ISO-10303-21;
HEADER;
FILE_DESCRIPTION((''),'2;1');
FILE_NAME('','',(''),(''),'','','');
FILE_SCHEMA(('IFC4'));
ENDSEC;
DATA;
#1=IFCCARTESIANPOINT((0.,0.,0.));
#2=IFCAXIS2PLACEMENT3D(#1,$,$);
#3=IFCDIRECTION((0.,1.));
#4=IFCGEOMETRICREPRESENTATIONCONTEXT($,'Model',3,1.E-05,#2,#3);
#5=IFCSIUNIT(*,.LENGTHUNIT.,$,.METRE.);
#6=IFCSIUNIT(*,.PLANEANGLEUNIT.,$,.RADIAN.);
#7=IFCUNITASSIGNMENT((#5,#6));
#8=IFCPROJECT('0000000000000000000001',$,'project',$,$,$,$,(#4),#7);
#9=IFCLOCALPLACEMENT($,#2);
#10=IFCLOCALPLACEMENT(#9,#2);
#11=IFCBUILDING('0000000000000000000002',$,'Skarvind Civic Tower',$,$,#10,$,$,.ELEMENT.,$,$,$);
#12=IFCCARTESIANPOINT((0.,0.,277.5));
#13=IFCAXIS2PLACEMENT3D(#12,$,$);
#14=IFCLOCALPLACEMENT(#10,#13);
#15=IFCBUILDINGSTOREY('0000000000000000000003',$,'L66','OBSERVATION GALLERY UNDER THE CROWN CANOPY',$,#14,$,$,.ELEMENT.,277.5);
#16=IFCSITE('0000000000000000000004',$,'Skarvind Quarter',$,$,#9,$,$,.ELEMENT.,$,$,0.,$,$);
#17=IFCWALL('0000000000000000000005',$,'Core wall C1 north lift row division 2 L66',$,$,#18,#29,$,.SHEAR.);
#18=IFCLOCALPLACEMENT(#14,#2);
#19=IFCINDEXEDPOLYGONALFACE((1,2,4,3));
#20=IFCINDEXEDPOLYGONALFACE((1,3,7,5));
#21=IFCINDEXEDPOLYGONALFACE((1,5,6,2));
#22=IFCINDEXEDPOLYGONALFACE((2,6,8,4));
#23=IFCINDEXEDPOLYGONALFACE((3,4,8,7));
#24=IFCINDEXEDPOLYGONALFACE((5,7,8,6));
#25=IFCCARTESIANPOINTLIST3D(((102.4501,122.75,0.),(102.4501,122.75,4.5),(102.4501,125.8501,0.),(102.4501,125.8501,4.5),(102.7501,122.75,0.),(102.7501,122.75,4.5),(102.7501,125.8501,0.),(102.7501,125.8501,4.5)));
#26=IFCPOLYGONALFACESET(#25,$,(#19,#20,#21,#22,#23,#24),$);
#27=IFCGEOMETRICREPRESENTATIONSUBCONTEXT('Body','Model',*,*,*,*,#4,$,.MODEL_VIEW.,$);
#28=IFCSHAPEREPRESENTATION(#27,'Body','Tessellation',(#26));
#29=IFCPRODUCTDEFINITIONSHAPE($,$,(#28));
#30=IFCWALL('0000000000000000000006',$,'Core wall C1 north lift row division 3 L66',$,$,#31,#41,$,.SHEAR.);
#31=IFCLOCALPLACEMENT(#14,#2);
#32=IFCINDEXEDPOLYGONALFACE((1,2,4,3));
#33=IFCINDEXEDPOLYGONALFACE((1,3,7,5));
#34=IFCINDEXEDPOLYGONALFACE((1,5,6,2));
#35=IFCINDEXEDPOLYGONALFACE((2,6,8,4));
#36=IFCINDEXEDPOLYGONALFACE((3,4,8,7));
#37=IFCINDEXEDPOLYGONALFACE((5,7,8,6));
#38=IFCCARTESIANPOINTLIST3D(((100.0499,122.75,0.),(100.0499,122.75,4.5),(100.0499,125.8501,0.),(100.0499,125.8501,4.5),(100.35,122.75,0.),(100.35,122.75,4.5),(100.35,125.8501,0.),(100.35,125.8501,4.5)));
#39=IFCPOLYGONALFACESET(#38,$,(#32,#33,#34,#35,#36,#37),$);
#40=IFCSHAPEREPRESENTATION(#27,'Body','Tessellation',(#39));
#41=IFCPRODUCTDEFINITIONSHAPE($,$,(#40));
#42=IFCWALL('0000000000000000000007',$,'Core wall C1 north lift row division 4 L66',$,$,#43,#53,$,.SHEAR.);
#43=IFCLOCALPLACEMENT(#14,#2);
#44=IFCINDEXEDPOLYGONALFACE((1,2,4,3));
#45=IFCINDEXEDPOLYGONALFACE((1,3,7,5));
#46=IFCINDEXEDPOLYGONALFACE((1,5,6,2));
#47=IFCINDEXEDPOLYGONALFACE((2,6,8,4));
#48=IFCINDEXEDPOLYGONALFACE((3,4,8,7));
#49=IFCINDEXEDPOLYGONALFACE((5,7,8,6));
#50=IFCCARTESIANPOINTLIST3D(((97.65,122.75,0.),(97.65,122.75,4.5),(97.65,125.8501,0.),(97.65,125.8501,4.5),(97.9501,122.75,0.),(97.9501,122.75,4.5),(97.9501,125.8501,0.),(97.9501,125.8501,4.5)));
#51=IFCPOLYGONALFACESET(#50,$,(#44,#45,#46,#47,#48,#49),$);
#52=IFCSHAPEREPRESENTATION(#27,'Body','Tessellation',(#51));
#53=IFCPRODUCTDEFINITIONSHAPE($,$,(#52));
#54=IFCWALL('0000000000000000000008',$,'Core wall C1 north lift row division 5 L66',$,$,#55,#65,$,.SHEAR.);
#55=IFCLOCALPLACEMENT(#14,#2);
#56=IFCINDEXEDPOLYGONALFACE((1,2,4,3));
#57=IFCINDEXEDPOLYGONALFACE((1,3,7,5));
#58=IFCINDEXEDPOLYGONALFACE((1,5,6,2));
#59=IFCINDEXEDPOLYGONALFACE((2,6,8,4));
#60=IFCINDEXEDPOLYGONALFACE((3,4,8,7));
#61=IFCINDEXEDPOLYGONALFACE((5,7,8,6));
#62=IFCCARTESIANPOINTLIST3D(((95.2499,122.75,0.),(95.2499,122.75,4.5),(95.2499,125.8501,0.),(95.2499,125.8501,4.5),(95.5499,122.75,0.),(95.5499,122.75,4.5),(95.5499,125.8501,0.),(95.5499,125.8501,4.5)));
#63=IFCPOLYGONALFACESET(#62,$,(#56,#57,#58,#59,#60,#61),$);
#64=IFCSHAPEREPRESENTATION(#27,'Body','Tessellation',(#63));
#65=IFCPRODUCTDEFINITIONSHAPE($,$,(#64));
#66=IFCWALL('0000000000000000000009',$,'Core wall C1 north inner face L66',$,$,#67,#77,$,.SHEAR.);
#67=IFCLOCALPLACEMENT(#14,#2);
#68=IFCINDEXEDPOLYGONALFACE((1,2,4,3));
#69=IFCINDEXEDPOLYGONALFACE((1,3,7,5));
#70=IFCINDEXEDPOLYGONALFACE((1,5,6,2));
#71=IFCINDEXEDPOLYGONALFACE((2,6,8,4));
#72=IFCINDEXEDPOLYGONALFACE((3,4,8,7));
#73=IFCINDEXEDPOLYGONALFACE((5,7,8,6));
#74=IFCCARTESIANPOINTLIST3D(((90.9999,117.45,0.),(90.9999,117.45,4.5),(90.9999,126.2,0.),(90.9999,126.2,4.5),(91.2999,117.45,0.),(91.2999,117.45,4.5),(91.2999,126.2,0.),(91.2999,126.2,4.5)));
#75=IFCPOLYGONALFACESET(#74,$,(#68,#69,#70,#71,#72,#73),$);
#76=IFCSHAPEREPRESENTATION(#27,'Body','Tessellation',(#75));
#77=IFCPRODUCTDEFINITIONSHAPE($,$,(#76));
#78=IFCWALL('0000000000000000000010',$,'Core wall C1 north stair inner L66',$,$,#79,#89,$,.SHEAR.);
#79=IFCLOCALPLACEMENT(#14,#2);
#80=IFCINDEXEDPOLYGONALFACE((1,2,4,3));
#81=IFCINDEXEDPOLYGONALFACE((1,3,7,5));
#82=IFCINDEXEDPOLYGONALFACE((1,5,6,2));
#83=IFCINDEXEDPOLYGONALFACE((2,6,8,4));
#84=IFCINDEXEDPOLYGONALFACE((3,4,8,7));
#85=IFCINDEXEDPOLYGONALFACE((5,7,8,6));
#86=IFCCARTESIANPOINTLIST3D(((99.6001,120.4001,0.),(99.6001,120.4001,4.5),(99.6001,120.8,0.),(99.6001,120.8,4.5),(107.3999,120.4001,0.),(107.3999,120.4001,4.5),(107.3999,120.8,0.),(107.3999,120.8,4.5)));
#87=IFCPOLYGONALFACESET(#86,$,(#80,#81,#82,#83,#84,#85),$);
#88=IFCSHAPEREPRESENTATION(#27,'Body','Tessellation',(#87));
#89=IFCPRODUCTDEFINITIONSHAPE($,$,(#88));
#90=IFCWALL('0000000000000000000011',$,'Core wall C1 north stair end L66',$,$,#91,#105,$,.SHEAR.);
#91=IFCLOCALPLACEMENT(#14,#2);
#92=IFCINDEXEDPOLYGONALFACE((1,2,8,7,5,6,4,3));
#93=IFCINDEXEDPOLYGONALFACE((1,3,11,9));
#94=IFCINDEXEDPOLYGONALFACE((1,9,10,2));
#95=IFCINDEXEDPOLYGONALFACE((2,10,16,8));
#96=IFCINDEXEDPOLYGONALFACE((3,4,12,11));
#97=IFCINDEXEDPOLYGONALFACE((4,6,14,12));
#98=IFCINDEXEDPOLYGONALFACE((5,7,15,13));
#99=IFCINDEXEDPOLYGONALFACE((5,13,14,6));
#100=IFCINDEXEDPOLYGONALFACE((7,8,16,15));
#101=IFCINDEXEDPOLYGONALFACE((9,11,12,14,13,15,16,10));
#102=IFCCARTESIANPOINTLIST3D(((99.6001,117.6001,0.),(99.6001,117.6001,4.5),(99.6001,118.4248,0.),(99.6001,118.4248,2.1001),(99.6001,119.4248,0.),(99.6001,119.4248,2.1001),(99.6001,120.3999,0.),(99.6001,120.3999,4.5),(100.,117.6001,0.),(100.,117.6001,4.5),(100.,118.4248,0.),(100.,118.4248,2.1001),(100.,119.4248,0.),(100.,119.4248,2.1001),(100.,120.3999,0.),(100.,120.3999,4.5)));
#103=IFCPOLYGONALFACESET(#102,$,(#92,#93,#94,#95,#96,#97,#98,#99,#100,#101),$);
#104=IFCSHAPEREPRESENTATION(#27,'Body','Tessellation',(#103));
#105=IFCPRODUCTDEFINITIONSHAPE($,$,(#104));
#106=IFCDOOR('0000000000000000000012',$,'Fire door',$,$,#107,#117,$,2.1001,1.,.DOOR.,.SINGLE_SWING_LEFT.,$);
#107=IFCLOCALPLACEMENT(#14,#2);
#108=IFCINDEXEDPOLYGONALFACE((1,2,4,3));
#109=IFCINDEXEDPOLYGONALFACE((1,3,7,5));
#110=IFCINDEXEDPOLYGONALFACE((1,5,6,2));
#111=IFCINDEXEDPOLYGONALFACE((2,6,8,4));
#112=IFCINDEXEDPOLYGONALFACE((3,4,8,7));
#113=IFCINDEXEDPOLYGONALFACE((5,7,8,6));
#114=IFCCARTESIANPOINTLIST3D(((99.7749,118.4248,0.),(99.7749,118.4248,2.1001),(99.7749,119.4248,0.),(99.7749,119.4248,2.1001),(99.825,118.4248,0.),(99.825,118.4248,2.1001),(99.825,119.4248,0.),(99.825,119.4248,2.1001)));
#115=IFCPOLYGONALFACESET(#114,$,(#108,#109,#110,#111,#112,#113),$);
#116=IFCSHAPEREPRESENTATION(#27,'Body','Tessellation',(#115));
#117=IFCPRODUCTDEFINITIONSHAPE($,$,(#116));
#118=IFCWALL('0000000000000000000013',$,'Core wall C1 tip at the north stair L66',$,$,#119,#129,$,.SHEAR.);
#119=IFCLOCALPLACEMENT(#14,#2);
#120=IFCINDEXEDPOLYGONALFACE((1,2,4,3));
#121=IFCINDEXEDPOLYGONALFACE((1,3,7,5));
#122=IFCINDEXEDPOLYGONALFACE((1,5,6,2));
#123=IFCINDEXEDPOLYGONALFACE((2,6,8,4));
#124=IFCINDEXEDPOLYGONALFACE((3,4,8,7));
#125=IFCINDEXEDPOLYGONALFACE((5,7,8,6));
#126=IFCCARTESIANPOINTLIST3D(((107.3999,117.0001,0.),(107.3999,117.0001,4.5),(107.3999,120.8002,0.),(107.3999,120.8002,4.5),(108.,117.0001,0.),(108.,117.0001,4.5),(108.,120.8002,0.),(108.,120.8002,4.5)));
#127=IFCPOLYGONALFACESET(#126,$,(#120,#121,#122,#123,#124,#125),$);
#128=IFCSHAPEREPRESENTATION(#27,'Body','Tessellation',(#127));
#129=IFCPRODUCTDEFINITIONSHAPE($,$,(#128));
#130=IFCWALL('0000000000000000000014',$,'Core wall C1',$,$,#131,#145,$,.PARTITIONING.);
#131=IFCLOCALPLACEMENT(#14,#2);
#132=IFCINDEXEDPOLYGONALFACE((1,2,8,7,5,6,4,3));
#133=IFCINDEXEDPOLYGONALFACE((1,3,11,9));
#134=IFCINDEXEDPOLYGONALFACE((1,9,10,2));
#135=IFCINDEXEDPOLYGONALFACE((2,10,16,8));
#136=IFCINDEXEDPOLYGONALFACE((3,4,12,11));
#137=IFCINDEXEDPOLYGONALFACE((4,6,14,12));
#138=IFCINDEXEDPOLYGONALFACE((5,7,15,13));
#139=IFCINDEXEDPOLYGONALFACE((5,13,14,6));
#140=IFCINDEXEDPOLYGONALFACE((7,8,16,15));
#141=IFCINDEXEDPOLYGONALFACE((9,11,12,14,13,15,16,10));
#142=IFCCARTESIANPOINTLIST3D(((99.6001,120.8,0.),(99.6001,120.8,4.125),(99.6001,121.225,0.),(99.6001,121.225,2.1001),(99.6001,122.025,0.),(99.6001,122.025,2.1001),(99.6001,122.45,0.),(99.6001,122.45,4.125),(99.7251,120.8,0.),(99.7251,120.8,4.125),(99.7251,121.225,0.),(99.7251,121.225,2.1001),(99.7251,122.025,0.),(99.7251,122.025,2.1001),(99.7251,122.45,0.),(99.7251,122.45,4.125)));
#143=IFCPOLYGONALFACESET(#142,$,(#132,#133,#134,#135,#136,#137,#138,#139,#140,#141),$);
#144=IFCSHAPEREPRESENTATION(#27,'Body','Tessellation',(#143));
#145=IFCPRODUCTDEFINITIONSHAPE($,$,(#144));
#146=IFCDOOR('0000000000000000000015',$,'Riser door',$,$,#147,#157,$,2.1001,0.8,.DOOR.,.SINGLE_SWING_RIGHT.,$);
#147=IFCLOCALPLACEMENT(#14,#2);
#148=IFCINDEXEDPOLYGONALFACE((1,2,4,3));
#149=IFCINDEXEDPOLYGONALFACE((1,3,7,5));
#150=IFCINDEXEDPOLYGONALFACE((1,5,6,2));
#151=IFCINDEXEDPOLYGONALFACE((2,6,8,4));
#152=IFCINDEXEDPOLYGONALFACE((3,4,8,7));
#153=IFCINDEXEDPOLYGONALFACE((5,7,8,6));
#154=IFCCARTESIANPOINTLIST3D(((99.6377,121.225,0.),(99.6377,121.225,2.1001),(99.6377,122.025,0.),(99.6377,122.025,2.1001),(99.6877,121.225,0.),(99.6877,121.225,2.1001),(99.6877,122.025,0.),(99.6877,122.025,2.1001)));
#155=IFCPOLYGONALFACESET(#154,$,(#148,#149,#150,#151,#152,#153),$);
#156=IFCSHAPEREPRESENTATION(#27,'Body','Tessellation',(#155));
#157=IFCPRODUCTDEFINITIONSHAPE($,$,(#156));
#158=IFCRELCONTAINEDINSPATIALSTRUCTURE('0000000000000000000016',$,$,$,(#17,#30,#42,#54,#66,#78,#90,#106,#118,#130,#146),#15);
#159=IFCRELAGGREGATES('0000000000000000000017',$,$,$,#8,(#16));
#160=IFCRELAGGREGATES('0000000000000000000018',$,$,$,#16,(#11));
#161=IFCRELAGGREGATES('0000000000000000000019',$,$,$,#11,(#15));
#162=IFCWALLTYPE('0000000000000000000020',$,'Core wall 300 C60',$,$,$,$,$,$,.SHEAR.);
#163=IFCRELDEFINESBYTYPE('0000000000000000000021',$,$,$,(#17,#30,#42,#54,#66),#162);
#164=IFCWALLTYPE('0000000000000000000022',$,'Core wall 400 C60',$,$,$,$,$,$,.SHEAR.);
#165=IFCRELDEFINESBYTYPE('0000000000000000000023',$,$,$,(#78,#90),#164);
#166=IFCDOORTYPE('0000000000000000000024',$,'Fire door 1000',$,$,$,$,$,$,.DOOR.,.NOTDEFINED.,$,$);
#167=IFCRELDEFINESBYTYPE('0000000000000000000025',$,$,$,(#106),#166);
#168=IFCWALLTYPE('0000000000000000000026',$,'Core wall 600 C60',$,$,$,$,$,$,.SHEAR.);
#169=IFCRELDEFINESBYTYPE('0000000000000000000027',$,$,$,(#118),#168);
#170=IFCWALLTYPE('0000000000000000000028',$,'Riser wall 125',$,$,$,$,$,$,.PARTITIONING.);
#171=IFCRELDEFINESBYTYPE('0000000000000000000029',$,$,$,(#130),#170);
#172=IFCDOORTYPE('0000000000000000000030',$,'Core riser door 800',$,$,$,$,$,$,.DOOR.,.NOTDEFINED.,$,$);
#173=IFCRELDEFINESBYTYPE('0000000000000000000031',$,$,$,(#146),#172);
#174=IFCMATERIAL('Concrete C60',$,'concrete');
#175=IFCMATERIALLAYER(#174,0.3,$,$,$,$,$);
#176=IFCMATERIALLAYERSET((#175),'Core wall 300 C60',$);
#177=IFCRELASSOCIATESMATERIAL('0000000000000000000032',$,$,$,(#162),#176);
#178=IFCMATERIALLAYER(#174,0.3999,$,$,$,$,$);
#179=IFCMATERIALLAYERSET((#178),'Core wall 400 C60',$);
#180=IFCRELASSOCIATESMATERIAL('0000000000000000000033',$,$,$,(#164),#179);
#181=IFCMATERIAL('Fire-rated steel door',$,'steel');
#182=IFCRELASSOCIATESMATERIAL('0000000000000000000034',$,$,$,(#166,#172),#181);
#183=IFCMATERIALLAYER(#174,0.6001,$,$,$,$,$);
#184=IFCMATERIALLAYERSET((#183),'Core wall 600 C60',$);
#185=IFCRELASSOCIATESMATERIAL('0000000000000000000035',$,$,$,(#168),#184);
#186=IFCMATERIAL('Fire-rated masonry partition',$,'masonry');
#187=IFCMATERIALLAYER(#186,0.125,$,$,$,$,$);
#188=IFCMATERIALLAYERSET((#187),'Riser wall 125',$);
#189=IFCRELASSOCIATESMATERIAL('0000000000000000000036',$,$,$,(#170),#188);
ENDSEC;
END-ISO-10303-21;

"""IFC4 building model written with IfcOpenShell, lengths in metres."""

from ifc_helpers import new_model, si_unit, direction, frame, frame_2d, origin, place, context, subcontext, project, spatial, rectangle, extrude, material, layer, layer_set, type_object, element, fill, save


model = new_model("IFC4")

# Units and contexts
model_context = context("Model", 3, precision=1e-05, world=origin(), true_north=direction((0.0, 1.0)))
body_context = subcontext(model_context, "Body", "Model", "MODEL_VIEW")
ifc_project = project(units=[si_unit("LENGTHUNIT", "METRE"), si_unit("PLANEANGLEUNIT", "RADIAN")], contexts=[model_context])

# Site, building, storey
site_placement = place(None, origin())
site = spatial("IfcSite", under=ifc_project, at=site_placement, Name="Skarvind Quarter", CompositionType="ELEMENT", RefElevation=0.0)
building_placement = place(site_placement, origin())
building = spatial("IfcBuilding", under=site, at=building_placement, Name="Skarvind Civic Tower", CompositionType="ELEMENT")
storey_placement = place(building_placement, frame((0.0, 0.0, 277.5)))
storey = spatial("IfcBuildingStorey", under=building, at=storey_placement, Name="L66", Description="OBSERVATION GALLERY UNDER THE CROWN CANOPY", CompositionType="ELEMENT", Elevation=277.5)

# Shared definitions
ifc_material_1 = material(Name="Fire-rated masonry partition", Category="masonry")
ifc_material_2 = material(Name="Fire-rated steel door", Category="steel")

# Shared definitions
ifc_material_3 = material(Name="Concrete C60", Category="concrete")
ifc_layer_1 = layer(ifc_material_3, 0.3)
ifc_layer_set_1 = layer_set([ifc_layer_1], Name="Core wall 300 C60")
wall_type_1 = type_object("IfcWallType", Name="Core wall 300 C60", PredefinedType="SHEAR", material=ifc_layer_set_1)

# Walls
for number, where, z_axis, x_axis, name in (
    (1, (102.6001, 125.8501, 0.0), (0.0, 0.0, 1.0), (0.0, -1.0, 0.0), "Core wall C1 north lift row division 2 L66"),
    (2, (100.2, 125.8501, 0.0), (0.0, 0.0, 1.0), (0.0, -1.0, 0.0), "Core wall C1 north lift row division 3 L66"),
    (3, (97.8, 125.8501, 0.0), (0.0, 0.0, 1.0), (0.0, -1.0, 0.0), "Core wall C1 north lift row division 4 L66"),
    (4, (95.3999, 125.8501, 0.0), (0.0, 0.0, 1.0), (0.0, -1.0, 0.0), "Core wall C1 north lift row division 5 L66"),
):
    element("IfcWall", number, at=place(storey_placement, frame(where, z_axis=z_axis, x_axis=x_axis)), inside=storey, type_object=wall_type_1, Name=name, PredefinedType="SHEAR", context=body_context, shape_type="SweptSolid", body=[
        extrude(rectangle(XDim=3.1001, YDim=0.3, at=frame_2d((1.55, 0.0))), origin(), (0.0, 0.0, 1.0), 4.5),
    ])
wall_1_placement = place(storey_placement, frame((91.1499, 126.2, 0.0), z_axis=(0.0, 0.0, 1.0), x_axis=(0.0, -1.0, 0.0)))
element("IfcWall", 5, at=wall_1_placement, inside=storey, type_object=wall_type_1, Name="Core wall C1 north inner face L66", PredefinedType="SHEAR", context=body_context, shape_type="SweptSolid", body=[
    extrude(rectangle(XDim=8.75, YDim=0.3, at=frame_2d((4.375, 0.0))), origin(), (0.0, 0.0, 1.0), 4.5),
])
ifc_layer_2 = layer(ifc_material_3, 0.3999)
ifc_layer_set_2 = layer_set([ifc_layer_2], Name="Core wall 400 C60")
wall_type_2 = type_object("IfcWallType", Name="Core wall 400 C60", PredefinedType="SHEAR", material=ifc_layer_set_2)
wall_2_placement = place(storey_placement, frame((107.3999, 120.6001, 0.0), z_axis=(0.0, 0.0, 1.0), x_axis=(-1.0, 0.0, 0.0)))
element("IfcWall", 6, at=wall_2_placement, inside=storey, type_object=wall_type_2, Name="Core wall C1 north stair inner L66", PredefinedType="SHEAR", context=body_context, shape_type="SweptSolid", body=[
    extrude(rectangle(XDim=7.7998, YDim=0.3999, at=frame_2d((3.8999, 0.0))), origin(), (0.0, 0.0, 1.0), 4.5),
])

# Wall, opening, door
wall_3_placement = place(storey_placement, frame((99.8, 120.3999, 0.0), z_axis=(0.0, 0.0, 1.0), x_axis=(0.0, -1.0, 0.0)))
wall_3 = element("IfcWall", 7, at=wall_3_placement, inside=storey, type_object=wall_type_2, Name="Core wall C1 north stair end L66", PredefinedType="SHEAR", context=body_context, shape_type="SweptSolid", body=[
    extrude(rectangle(XDim=2.7998, YDim=0.3999, at=frame_2d((1.3999, 0.0))), origin(), (0.0, 0.0, 1.0), 4.5),
])
opening_1_placement = place(wall_3_placement, frame((0.9751, 0.0, 0.0)))
opening_1 = element("IfcOpeningElement", 8, at=opening_1_placement, cuts=wall_3, PredefinedType="OPENING", context=body_context, shape_type="SweptSolid", body=[
    extrude(rectangle(XDim=1.0, YDim=2.1001, at=frame_2d((0.5, 1.05))), frame((0.0, 0.21, 0.0), z_axis=(0.0, -1.0, 0.0), x_axis=(1.0, 0.0, 0.0)), (0.0, 0.0, 1.0), 0.4199),
])
door_type_1 = type_object("IfcDoorType", Name="Fire door 1000", OperationType="NOTDEFINED", PredefinedType="DOOR", material=ifc_material_2)
door_1_placement = place(opening_1_placement, origin())
door_1 = element("IfcDoor", 9, at=door_1_placement, inside=storey, type_object=door_type_1, Name="Fire door", OperationType="SINGLE_SWING_LEFT", OverallHeight=2.1001, OverallWidth=1.0, PredefinedType="DOOR", context=body_context, shape_type="SweptSolid", body=[
    extrude(rectangle(XDim=1.0, YDim=2.1001, at=frame_2d((0.5, 1.05))), frame((0.0, 0.0249, 0.0), z_axis=(0.0, -1.0, 0.0), x_axis=(1.0, 0.0, 0.0)), (0.0, 0.0, 1.0), 0.05),
])
fill(opening_1, door_1)

# Wall
ifc_layer_3 = layer(ifc_material_3, 0.6001)
ifc_layer_set_3 = layer_set([ifc_layer_3], Name="Core wall 600 C60")
wall_type_3 = type_object("IfcWallType", Name="Core wall 600 C60", PredefinedType="SHEAR", material=ifc_layer_set_3)
wall_4_placement = place(storey_placement, frame((107.7, 120.8, 0.0), z_axis=(0.0, 0.0, 1.0), x_axis=(0.0, -1.0, 0.0)))
element("IfcWall", 10, at=wall_4_placement, inside=storey, type_object=wall_type_3, Name="Core wall C1 tip at the north stair L66", PredefinedType="SHEAR", context=body_context, shape_type="SweptSolid", body=[
    extrude(rectangle(XDim=3.8, YDim=0.6001, at=frame_2d((1.8999, 0.0))), origin(), (0.0, 0.0, 1.0), 4.5),
])

# Wall, opening, door
ifc_layer_4 = layer(ifc_material_1, 0.125)
ifc_layer_set_4 = layer_set([ifc_layer_4], Name="Riser wall 125")
wall_type_4 = type_object("IfcWallType", Name="Riser wall 125", PredefinedType="PARTITIONING", material=ifc_layer_set_4)
wall_5_placement = place(storey_placement, frame((99.6626, 120.8, 0.0), z_axis=(0.0, 0.0, 1.0), x_axis=(0.0, 1.0, 0.0)))
wall_5 = element("IfcWall", 11, at=wall_5_placement, inside=storey, type_object=wall_type_4, Name="Core wall C1", PredefinedType="PARTITIONING", context=body_context, shape_type="SweptSolid", body=[
    extrude(rectangle(XDim=1.6499, YDim=0.125, at=frame_2d((0.825, 0.0))), origin(), (0.0, 0.0, 1.0), 4.125),
])
opening_2_placement = place(wall_5_placement, frame((0.425, 0.0, 0.0)))
opening_2 = element("IfcOpeningElement", 12, at=opening_2_placement, cuts=wall_5, PredefinedType="OPENING", context=body_context, shape_type="SweptSolid", body=[
    extrude(rectangle(XDim=0.8, YDim=2.1001, at=frame_2d((0.3999, 1.05))), frame((0.0, 0.0725, 0.0), z_axis=(0.0, -1.0, 0.0), x_axis=(1.0, 0.0, 0.0)), (0.0, 0.0, 1.0), 0.145),
])
door_type_2 = type_object("IfcDoorType", Name="Core riser door 800", OperationType="NOTDEFINED", PredefinedType="DOOR", material=ifc_material_2)
door_2_placement = place(opening_2_placement, origin())
door_2 = element("IfcDoor", 13, at=door_2_placement, inside=storey, type_object=door_type_2, Name="Riser door", OperationType="SINGLE_SWING_RIGHT", OverallHeight=2.1001, OverallWidth=0.8, PredefinedType="DOOR", context=body_context, shape_type="SweptSolid", body=[
    extrude(rectangle(XDim=0.8, YDim=2.1001, at=frame_2d((0.3999, 1.05))), frame((0.0, 0.0249, 0.0), z_axis=(0.0, -1.0, 0.0), x_axis=(1.0, 0.0, 0.0)), (0.0, 0.0, 1.0), 0.05),
])
fill(opening_2, door_2)

save(model, "model.ifc")
